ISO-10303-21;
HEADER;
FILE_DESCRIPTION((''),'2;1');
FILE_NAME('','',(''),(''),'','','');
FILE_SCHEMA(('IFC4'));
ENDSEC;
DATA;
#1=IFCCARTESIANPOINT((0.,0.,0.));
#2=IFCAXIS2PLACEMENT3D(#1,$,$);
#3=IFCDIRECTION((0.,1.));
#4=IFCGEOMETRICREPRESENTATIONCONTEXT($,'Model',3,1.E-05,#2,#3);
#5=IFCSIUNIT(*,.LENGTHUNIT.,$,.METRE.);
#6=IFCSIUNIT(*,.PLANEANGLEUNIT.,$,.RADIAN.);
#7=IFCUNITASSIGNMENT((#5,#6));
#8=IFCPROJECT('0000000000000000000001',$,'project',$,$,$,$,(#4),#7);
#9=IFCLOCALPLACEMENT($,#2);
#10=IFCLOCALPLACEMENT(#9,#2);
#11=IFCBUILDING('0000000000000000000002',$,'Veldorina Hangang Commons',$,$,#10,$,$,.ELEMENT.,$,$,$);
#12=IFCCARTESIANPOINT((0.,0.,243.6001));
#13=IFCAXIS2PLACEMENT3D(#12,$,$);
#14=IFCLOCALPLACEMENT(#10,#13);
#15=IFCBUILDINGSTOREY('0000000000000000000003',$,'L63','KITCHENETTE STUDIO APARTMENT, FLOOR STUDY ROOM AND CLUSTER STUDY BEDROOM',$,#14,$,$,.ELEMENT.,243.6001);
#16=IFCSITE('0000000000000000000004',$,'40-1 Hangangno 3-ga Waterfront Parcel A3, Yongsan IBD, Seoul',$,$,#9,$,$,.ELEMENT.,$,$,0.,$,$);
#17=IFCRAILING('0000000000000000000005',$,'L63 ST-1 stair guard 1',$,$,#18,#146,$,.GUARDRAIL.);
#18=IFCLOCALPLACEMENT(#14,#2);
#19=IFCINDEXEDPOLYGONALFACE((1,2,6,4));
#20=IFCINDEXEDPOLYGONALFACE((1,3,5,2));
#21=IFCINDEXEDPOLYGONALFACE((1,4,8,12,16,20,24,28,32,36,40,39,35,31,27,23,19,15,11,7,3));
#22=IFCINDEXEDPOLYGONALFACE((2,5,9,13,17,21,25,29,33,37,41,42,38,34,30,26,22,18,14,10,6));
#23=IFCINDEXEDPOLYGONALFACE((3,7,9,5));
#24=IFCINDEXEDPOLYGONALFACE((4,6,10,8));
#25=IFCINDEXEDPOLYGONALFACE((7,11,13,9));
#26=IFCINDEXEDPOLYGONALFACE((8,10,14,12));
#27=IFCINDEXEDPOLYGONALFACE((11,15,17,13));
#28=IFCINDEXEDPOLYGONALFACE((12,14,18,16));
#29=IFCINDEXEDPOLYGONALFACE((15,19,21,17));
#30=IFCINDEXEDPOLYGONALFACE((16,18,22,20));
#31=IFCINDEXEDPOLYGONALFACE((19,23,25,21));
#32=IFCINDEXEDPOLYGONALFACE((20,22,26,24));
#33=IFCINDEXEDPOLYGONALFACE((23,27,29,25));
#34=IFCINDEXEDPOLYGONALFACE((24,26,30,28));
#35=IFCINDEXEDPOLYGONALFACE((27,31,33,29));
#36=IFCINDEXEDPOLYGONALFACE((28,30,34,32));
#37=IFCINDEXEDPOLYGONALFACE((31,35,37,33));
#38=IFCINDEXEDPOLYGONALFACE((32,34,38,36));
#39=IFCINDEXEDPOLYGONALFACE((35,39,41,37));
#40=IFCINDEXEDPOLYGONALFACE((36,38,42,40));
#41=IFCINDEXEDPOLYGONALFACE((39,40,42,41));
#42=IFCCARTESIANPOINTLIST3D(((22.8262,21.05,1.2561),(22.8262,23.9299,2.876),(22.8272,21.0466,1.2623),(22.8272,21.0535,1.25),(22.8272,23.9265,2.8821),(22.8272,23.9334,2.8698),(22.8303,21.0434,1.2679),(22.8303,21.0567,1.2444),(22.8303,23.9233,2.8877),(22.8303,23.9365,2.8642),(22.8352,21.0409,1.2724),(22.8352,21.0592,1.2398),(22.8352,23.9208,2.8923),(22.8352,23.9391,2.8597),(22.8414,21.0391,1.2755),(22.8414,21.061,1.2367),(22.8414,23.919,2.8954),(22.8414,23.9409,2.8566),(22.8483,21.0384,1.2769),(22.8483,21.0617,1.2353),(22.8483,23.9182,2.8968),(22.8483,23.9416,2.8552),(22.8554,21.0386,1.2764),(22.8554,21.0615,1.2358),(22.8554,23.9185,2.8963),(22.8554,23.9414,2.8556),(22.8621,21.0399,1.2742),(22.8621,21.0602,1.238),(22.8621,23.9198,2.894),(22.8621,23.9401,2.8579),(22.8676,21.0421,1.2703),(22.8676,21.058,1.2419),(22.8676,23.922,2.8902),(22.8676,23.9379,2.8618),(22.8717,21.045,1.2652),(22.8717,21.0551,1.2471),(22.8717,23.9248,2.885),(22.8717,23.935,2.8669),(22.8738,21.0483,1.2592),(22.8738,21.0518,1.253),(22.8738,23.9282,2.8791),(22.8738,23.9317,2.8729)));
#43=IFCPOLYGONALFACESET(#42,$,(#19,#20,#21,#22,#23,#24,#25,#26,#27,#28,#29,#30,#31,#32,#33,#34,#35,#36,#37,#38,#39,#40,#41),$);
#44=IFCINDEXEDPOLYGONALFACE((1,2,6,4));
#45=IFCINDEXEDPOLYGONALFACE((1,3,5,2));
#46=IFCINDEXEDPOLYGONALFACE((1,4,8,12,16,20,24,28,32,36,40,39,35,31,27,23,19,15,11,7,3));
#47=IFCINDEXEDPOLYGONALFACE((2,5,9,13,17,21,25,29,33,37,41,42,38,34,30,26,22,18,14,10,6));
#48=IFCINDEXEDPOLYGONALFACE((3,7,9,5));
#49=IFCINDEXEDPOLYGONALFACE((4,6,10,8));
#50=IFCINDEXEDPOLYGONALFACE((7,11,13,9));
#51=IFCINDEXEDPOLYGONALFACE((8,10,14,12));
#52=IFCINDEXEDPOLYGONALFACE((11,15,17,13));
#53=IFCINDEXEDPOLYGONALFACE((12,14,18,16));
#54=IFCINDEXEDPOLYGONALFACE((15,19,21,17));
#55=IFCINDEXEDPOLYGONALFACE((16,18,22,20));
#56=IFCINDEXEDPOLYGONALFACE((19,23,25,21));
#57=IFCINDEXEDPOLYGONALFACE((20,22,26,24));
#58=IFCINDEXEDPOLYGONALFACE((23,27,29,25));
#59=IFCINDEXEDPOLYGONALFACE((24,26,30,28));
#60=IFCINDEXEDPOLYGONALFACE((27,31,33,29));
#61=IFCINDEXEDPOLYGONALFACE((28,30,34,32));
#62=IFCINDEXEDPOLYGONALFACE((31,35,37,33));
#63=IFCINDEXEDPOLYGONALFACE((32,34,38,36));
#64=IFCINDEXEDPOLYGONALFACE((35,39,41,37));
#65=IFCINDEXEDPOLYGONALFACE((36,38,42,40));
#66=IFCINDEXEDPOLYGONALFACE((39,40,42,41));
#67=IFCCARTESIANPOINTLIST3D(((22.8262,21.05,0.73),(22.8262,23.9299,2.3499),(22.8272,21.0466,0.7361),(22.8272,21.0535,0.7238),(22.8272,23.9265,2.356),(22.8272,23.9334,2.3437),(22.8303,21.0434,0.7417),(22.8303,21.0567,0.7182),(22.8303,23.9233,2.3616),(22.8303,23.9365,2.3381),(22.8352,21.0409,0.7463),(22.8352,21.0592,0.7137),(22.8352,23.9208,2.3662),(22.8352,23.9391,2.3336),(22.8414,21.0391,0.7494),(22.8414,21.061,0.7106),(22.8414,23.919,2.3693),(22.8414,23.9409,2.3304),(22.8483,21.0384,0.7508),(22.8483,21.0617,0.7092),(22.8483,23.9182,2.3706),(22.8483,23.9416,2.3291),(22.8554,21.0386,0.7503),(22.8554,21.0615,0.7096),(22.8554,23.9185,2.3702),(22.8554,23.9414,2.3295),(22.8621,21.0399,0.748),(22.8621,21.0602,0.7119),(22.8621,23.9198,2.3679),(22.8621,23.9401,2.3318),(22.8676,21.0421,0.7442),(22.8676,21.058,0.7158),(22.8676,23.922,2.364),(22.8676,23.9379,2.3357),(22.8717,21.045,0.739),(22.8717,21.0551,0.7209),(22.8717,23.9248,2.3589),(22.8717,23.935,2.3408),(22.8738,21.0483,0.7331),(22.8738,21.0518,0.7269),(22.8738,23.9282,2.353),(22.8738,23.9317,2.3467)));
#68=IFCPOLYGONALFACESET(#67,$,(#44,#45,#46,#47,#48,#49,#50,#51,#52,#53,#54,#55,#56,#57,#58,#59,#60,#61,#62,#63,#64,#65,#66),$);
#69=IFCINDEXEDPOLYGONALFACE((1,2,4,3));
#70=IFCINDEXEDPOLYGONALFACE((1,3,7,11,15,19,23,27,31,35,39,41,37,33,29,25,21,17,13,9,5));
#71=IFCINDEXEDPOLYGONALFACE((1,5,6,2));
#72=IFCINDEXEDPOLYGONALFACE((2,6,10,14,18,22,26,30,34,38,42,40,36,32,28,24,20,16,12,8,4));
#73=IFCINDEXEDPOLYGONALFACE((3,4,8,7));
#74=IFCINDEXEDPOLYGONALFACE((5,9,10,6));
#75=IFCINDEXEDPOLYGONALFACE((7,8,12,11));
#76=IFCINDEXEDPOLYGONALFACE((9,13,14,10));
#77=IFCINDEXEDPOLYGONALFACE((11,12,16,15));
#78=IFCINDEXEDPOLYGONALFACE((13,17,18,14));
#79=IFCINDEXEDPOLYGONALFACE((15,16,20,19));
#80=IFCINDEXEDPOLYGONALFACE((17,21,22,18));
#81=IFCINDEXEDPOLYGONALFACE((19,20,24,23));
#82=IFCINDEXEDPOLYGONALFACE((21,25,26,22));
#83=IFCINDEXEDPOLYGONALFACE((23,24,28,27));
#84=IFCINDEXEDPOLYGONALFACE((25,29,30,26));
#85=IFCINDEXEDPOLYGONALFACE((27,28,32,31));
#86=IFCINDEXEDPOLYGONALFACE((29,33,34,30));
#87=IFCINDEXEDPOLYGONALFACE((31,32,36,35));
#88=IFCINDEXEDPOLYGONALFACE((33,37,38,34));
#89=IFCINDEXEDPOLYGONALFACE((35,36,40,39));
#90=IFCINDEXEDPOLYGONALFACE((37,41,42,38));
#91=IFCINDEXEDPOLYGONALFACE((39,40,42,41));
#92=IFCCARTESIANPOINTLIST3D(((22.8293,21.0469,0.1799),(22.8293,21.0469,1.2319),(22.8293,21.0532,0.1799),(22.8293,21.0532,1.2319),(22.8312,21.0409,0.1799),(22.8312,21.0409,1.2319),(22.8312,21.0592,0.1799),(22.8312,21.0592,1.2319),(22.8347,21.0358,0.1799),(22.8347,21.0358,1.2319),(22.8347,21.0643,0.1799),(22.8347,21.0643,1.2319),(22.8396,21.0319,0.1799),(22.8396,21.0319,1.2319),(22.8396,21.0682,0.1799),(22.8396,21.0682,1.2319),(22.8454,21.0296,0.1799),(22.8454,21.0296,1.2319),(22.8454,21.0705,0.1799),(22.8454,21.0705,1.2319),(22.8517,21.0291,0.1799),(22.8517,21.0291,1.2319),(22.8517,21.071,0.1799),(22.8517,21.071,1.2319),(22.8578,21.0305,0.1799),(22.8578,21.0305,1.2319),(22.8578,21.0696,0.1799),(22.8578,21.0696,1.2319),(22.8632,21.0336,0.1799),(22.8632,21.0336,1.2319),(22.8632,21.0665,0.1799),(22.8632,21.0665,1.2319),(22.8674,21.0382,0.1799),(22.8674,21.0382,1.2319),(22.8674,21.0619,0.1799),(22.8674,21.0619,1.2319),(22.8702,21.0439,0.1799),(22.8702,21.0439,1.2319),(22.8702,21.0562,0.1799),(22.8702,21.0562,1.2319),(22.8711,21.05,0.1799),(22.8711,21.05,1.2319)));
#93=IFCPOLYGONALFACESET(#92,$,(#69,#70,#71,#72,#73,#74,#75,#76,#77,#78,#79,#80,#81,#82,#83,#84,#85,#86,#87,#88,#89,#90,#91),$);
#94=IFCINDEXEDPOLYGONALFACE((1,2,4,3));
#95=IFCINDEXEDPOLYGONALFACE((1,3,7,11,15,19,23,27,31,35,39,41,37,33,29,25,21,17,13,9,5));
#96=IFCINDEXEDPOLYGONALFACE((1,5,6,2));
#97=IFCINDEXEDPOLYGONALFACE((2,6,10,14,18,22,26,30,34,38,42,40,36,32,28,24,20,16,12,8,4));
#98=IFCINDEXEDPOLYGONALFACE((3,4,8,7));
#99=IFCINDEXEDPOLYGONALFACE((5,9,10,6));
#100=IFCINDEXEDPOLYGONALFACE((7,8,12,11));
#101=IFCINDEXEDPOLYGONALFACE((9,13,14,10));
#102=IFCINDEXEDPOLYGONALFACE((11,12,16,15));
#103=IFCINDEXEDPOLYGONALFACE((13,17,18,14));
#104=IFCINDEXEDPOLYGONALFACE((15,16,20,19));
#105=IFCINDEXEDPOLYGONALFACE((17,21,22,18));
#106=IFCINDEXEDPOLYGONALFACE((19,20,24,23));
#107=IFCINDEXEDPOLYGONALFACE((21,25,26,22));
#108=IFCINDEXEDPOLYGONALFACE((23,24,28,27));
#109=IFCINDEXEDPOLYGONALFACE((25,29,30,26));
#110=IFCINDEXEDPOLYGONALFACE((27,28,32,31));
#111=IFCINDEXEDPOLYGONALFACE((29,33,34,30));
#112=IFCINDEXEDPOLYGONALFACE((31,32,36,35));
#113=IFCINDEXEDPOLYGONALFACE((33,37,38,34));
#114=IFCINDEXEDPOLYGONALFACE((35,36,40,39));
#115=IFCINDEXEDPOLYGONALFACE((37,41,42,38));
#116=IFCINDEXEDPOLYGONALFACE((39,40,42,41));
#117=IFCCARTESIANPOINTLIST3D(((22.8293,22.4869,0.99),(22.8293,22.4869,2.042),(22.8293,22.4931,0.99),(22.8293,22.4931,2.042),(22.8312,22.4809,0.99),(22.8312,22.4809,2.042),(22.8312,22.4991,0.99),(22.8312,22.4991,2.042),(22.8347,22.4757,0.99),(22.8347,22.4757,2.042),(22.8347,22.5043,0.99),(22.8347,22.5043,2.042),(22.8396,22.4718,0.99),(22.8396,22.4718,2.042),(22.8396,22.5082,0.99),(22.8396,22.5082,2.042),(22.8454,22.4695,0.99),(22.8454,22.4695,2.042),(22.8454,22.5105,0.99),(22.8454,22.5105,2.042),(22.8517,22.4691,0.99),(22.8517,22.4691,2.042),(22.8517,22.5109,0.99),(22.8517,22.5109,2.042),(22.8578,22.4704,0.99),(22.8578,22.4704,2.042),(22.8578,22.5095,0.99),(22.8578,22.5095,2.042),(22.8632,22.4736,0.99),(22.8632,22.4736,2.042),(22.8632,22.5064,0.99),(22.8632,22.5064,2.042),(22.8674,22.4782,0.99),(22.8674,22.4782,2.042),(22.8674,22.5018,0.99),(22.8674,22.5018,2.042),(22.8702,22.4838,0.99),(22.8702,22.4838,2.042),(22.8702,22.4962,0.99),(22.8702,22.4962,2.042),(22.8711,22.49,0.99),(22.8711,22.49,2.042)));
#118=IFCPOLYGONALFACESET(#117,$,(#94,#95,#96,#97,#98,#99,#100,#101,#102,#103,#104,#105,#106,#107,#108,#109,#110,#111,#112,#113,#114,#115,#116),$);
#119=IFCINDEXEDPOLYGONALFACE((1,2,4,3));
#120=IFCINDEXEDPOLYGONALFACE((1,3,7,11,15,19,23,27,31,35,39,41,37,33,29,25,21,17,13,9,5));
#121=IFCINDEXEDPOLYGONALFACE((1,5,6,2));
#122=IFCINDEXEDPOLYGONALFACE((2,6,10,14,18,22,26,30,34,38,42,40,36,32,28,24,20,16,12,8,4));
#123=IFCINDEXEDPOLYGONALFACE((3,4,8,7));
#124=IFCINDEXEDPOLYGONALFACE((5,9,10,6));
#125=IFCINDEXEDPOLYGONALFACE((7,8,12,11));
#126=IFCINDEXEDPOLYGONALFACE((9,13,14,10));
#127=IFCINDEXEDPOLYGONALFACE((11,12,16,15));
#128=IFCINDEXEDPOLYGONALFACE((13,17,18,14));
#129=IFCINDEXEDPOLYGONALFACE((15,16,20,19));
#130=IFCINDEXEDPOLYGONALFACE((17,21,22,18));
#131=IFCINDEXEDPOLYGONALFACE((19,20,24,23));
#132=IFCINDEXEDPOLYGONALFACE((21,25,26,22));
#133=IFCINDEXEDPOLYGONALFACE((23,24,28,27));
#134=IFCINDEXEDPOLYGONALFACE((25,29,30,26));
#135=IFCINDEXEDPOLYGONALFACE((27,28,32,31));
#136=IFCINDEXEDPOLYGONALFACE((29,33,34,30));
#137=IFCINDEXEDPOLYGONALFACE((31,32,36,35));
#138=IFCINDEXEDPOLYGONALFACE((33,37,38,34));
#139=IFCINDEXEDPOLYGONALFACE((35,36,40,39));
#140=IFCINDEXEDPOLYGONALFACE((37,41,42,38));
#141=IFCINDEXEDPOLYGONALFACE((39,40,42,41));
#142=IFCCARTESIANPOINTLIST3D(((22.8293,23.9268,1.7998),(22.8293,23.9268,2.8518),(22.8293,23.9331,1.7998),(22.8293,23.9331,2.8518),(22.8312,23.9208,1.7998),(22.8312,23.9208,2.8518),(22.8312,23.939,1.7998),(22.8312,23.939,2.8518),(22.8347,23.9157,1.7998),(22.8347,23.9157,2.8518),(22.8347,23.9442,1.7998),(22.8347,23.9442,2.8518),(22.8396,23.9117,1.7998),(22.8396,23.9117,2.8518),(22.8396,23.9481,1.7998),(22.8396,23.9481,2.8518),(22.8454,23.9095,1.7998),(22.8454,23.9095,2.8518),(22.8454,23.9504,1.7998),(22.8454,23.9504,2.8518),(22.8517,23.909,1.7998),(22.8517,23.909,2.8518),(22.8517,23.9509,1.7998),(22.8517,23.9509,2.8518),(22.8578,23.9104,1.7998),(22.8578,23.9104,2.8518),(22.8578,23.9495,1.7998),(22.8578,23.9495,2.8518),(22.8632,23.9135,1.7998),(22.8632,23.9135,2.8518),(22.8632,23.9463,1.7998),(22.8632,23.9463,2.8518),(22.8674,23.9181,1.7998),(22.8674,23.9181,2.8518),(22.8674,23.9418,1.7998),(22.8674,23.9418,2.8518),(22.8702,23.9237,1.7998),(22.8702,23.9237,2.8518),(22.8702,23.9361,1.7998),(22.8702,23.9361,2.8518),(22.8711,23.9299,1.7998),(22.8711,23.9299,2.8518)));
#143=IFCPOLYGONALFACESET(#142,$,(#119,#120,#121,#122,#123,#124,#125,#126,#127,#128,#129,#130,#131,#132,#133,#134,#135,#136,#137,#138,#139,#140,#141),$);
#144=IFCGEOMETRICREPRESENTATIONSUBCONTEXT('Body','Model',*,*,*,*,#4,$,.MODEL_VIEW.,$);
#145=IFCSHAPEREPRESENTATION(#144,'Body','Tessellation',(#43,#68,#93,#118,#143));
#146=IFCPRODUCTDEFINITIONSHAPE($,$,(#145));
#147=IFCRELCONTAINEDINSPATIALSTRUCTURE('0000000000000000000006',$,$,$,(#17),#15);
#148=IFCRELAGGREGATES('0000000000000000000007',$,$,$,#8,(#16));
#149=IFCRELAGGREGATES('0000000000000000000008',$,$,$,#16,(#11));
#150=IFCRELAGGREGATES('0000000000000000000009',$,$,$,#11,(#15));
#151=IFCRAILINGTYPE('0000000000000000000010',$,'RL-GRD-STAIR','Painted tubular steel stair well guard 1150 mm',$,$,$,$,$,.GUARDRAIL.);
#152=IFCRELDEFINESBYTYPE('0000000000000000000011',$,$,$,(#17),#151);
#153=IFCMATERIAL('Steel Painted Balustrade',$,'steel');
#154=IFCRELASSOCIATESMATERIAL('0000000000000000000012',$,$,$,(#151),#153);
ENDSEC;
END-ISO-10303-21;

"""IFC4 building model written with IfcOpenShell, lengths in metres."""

from ifc_helpers import new_model, si_unit, direction, frame, origin, origin_2d, place, context, subcontext, project, spatial, circle, extrude, material, type_object, element, save


model = new_model("IFC4")

# Units and contexts
model_context = context("Model", 3, precision=1e-05, world=origin(), true_north=direction((0.0, 1.0)))
body_context = subcontext(model_context, "Body", "Model", "MODEL_VIEW")
ifc_project = project(units=[si_unit("LENGTHUNIT", "METRE"), si_unit("PLANEANGLEUNIT", "RADIAN")], contexts=[model_context])

# Site, building, storey
site_placement = place(None, origin())
site = spatial("IfcSite", under=ifc_project, at=site_placement, Name="40-1 Hangangno 3-ga Waterfront Parcel A3, Yongsan IBD, Seoul", CompositionType="ELEMENT", RefElevation=0.0)
building_placement = place(site_placement, origin())
building = spatial("IfcBuilding", under=site, at=building_placement, Name="Veldorina Hangang Commons", CompositionType="ELEMENT")
storey_placement = place(building_placement, frame((0.0, 0.0, 243.6001)))
storey = spatial("IfcBuildingStorey", under=building, at=storey_placement, Name="L63", Description="KITCHENETTE STUDIO APARTMENT, FLOOR STUDY ROOM AND CLUSTER STUDY BEDROOM", CompositionType="ELEMENT", Elevation=243.6001)

# Railing
ifc_material_1 = material(Name="Steel Painted Balustrade", Category="steel")
railing_type = type_object("IfcRailingType", Name="RL-GRD-STAIR", Description="Painted tubular steel stair well guard 1150 mm", PredefinedType="GUARDRAIL", material=ifc_material_1)
railing_1_placement = place(storey_placement, frame((22.8501, 21.05, 0.1799)))
element("IfcRailing", 1, at=railing_1_placement, inside=storey, type_object=railing_type, Name="L63 ST-1 stair guard 1", PredefinedType="GUARDRAIL", context=body_context, shape_type="SweptSolid", body=[
    extrude(circle(Radius=0.0239, at=origin_2d()), frame((0.0, 0.0, 1.0762), z_axis=(0.0, 0.871583, 0.490247), x_axis=(-1.0, 0.0, 0.0)), (0.0, 0.0, 1.0), 3.3042),
    extrude(circle(Radius=0.0239, at=origin_2d()), frame((0.0, 0.0, 0.55), z_axis=(0.0, 0.871583, 0.490247), x_axis=(-1.0, 0.0, 0.0)), (0.0, 0.0, 1.0), 3.3042),
    extrude(circle(Radius=0.021, at=origin_2d()), origin(), (0.0, 0.0, 1.0), 1.052),
    extrude(circle(Radius=0.021, at=origin_2d()), frame((0.0, 1.4399, 0.8101)), (0.0, 0.0, 1.0), 1.052),
    extrude(circle(Radius=0.021, at=origin_2d()), frame((0.0, 2.8799, 1.6199)), (0.0, 0.0, 1.0), 1.052),
])

save(model, "model.ifc")
